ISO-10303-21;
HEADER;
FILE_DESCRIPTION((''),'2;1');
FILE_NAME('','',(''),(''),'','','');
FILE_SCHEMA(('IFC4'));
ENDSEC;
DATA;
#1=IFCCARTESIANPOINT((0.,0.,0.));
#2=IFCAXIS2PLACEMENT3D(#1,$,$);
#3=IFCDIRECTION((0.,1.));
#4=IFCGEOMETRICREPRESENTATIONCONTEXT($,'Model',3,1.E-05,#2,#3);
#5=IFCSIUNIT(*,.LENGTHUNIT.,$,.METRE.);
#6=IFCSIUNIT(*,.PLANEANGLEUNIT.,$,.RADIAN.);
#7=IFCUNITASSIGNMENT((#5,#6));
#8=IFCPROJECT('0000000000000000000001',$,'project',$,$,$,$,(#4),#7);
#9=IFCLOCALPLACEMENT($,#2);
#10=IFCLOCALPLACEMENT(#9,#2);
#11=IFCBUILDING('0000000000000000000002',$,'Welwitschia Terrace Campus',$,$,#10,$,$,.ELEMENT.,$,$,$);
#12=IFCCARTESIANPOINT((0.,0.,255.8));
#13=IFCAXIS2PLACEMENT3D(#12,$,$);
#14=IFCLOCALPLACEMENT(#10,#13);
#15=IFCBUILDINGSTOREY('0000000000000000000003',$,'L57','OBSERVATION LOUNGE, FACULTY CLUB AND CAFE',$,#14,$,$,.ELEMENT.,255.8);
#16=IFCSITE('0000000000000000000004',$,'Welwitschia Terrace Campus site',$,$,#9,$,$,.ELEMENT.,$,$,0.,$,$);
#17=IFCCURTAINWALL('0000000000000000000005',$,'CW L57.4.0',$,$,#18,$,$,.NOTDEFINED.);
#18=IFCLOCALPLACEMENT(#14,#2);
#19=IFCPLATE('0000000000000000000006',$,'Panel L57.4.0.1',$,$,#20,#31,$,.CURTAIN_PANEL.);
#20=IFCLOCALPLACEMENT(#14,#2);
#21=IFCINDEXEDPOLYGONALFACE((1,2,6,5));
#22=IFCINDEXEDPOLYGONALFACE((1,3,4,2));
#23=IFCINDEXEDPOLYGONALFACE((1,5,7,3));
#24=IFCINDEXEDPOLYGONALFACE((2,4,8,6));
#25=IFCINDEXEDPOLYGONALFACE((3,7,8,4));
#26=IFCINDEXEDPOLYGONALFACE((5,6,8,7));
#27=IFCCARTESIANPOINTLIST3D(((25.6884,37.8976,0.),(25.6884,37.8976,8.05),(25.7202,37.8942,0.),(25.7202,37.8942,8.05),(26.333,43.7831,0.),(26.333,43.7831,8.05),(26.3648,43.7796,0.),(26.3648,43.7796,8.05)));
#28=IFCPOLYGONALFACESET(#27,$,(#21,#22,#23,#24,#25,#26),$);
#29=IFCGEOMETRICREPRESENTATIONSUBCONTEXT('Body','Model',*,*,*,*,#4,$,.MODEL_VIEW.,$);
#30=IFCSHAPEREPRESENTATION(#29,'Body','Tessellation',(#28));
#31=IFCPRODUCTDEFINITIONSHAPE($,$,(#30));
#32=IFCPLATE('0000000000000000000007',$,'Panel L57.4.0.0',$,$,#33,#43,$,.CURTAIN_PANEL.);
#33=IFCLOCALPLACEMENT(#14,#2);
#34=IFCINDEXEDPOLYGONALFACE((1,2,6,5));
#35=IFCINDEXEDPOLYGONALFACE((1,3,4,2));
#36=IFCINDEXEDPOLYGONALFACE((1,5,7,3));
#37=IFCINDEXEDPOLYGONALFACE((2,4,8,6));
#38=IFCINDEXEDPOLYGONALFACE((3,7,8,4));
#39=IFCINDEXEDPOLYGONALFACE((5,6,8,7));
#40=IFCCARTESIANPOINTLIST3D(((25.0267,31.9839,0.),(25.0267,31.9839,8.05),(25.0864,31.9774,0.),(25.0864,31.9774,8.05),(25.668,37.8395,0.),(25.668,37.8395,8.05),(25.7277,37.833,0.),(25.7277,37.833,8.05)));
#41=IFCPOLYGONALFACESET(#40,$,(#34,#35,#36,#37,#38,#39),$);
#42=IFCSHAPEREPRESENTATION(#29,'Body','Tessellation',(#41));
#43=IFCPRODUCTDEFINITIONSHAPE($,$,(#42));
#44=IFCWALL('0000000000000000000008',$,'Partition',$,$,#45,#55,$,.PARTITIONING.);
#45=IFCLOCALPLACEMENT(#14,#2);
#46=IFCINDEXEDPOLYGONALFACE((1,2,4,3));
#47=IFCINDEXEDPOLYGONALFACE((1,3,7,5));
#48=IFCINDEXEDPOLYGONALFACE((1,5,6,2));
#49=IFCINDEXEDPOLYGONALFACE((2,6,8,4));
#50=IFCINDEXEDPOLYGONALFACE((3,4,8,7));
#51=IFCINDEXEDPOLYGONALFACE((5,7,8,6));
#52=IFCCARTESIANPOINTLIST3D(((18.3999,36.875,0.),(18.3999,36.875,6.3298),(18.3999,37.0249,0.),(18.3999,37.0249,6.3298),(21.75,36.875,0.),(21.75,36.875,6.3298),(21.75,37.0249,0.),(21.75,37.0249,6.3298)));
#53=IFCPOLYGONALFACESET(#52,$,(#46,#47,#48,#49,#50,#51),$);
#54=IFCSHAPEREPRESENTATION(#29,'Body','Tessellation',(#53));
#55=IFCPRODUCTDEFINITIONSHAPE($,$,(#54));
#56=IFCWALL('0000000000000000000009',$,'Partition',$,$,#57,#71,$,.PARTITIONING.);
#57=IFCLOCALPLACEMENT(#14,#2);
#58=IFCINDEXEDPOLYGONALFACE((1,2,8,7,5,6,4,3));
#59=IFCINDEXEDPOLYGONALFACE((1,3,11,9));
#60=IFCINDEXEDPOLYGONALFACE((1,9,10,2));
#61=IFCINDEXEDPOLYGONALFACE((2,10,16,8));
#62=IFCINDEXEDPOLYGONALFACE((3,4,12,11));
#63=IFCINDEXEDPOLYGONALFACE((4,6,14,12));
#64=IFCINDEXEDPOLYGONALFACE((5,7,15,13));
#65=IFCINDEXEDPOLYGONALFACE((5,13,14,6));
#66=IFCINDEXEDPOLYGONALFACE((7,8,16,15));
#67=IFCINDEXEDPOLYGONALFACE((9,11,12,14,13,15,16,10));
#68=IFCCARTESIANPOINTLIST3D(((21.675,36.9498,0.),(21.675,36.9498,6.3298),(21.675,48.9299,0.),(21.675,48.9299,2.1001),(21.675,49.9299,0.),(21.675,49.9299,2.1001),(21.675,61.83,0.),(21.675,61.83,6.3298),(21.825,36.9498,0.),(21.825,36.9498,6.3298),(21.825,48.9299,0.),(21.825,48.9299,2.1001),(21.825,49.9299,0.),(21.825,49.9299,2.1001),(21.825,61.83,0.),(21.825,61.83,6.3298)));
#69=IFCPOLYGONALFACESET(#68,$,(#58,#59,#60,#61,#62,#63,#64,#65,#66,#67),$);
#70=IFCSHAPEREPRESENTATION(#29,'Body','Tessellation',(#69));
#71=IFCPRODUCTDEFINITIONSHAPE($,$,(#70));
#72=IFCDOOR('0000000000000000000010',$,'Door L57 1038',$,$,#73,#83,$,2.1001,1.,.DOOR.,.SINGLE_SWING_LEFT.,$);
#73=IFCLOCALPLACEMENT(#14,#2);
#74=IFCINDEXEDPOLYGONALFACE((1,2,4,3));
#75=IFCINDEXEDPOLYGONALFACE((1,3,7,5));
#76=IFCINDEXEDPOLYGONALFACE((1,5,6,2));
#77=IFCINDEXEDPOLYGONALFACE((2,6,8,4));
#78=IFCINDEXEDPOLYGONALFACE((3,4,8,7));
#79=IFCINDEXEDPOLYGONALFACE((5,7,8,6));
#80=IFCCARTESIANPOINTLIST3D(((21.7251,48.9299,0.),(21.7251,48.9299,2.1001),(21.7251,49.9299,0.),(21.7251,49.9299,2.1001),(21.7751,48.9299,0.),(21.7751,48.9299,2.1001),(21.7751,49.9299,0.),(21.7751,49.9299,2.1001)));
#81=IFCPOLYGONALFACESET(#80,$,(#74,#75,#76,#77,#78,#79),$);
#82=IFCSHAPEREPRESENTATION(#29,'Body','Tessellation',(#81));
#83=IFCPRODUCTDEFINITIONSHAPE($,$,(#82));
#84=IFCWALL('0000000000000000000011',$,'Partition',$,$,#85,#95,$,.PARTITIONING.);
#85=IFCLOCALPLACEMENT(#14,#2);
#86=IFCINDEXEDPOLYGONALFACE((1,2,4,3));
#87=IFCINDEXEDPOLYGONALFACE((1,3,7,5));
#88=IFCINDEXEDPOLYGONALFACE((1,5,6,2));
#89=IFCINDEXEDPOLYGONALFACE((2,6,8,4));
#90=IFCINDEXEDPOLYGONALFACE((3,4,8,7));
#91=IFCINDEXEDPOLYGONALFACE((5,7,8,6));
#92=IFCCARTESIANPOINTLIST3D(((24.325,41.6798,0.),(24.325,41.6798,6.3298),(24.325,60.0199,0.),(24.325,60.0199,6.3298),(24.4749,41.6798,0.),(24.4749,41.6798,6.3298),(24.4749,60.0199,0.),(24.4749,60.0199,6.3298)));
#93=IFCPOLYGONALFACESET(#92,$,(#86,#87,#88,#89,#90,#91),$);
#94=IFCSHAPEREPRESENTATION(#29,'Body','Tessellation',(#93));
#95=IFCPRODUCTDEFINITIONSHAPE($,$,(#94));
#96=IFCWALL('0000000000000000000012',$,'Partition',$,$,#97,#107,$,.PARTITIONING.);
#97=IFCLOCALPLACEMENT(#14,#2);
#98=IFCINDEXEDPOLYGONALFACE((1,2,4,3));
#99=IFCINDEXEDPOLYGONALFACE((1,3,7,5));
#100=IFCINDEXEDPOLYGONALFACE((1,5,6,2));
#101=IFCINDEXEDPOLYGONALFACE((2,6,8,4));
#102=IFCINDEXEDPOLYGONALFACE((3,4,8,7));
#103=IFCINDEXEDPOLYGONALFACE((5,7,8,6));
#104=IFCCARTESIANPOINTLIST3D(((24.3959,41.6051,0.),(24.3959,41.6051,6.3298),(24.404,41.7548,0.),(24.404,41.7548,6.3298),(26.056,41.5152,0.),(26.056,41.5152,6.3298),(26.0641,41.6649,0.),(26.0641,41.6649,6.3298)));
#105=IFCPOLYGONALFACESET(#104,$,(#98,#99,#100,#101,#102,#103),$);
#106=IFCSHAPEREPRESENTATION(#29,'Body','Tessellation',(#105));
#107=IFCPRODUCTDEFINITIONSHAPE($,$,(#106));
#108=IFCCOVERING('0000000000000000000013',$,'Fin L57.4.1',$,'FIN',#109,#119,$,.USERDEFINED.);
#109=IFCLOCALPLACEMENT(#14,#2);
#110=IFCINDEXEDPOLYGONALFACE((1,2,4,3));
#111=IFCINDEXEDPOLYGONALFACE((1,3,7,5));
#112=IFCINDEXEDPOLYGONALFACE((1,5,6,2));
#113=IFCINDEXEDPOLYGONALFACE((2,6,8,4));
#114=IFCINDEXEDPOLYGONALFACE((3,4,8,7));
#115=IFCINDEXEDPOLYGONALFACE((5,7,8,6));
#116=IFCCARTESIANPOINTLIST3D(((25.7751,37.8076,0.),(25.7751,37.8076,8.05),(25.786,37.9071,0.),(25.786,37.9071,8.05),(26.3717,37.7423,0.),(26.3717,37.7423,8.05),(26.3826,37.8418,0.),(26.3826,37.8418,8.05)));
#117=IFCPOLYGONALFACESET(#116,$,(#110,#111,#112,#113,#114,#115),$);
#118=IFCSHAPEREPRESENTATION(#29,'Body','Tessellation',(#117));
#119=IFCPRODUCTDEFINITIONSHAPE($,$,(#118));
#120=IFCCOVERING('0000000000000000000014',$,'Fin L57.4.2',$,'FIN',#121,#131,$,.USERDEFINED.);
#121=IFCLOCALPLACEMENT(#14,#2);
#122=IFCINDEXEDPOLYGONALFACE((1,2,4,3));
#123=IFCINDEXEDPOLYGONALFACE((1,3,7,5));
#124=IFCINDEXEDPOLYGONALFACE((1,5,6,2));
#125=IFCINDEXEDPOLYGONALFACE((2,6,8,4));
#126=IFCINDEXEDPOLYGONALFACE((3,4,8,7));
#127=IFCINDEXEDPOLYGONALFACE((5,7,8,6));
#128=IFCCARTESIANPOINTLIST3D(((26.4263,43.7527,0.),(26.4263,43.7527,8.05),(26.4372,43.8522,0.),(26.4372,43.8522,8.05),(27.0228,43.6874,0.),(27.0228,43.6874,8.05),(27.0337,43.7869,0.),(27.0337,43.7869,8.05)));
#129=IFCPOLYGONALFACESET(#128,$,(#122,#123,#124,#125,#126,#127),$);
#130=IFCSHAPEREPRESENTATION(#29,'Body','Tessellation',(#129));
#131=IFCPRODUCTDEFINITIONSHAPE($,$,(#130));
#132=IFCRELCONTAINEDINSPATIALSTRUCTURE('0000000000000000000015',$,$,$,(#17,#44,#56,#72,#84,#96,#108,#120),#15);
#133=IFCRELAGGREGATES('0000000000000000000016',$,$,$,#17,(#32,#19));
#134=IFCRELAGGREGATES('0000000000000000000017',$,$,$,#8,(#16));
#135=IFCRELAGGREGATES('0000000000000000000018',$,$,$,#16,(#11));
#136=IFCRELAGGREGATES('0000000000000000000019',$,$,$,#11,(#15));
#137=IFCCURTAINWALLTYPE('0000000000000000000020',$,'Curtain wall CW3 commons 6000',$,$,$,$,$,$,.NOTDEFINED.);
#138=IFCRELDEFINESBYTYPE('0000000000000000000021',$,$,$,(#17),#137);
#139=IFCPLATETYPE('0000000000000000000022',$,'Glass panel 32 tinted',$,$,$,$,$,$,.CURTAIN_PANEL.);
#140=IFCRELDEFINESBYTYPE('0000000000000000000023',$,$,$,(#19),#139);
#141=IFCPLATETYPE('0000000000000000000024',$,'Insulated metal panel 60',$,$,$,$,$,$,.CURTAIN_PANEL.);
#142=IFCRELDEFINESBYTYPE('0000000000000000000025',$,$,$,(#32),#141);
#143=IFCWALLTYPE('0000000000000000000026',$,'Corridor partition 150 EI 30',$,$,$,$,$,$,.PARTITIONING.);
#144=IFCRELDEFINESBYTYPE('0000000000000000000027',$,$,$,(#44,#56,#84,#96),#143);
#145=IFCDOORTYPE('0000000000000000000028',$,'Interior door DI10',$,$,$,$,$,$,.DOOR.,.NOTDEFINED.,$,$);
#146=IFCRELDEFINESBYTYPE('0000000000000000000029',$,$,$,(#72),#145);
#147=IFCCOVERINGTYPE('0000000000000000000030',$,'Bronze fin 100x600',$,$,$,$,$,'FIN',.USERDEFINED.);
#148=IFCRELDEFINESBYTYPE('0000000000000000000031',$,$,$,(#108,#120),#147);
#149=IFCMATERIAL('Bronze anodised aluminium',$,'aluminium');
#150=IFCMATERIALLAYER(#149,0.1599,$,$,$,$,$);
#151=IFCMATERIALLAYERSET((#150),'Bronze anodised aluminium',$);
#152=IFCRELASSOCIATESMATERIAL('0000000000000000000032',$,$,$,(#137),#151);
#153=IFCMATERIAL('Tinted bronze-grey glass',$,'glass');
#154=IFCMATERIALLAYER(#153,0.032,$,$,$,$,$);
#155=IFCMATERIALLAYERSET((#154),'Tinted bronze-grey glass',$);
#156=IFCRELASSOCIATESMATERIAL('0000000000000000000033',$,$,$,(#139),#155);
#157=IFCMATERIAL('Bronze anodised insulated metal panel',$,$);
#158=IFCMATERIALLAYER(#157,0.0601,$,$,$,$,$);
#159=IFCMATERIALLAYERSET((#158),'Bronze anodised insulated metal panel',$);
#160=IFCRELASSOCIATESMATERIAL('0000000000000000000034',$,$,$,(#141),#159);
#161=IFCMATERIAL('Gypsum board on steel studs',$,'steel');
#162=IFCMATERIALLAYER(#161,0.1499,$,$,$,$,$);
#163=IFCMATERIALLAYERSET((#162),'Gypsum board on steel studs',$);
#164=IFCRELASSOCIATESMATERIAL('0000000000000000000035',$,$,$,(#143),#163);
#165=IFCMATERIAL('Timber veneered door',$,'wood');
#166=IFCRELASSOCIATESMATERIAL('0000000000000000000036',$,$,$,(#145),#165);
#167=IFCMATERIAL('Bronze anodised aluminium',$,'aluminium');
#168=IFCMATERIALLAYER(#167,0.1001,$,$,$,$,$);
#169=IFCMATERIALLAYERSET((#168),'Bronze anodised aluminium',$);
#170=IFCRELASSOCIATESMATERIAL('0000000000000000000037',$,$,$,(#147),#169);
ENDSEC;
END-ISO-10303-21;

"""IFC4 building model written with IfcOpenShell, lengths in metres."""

from ifc_helpers import new_model, si_unit, direction, frame, frame_2d, origin, origin_2d, place, context, subcontext, project, spatial, rectangle, extrude, material, layer, layer_set, type_object, element, fill, aggregate, save


model = new_model("IFC4")

# Units and contexts
model_context = context("Model", 3, precision=1e-05, world=origin(), true_north=direction((0.0, 1.0)))
body_context = subcontext(model_context, "Body", "Model", "MODEL_VIEW")
ifc_project = project(units=[si_unit("LENGTHUNIT", "METRE"), si_unit("PLANEANGLEUNIT", "RADIAN")], contexts=[model_context])

# Site, building, storey
site_placement = place(None, origin())
site = spatial("IfcSite", under=ifc_project, at=site_placement, Name="Welwitschia Terrace Campus site", CompositionType="ELEMENT", RefElevation=0.0)
building_placement = place(site_placement, origin())
building = spatial("IfcBuilding", under=site, at=building_placement, Name="Welwitschia Terrace Campus", CompositionType="ELEMENT")
storey_placement = place(building_placement, frame((0.0, 0.0, 255.8)))
storey = spatial("IfcBuildingStorey", under=building, at=storey_placement, Name="L57", Description="OBSERVATION LOUNGE, FACULTY CLUB AND CAFE", CompositionType="ELEMENT", Elevation=255.8)

# Curtain wall
ifc_material_1 = material(Name="Bronze anodised aluminium", Category="aluminium")
ifc_layer_1 = layer(ifc_material_1, 0.1599)
ifc_layer_set_1 = layer_set([ifc_layer_1], Name="Bronze anodised aluminium")
curtain_wall_type = type_object("IfcCurtainWallType", Name="Curtain wall CW3 commons 6000", PredefinedType="NOTDEFINED", material=ifc_layer_set_1)
curtain_wall_placement = place(storey_placement, origin())
curtain_wall = element("IfcCurtainWall", 1, at=curtain_wall_placement, inside=storey, type_object=curtain_wall_type, Name="CW L57.4.0", PredefinedType="NOTDEFINED")

# Plates
ifc_material_2 = material(Name="Tinted bronze-grey glass", Category="glass")
ifc_layer_2 = layer(ifc_material_2, 0.032)
ifc_layer_set_2 = layer_set([ifc_layer_2], Name="Tinted bronze-grey glass")
plate_type_1 = type_object("IfcPlateType", Name="Glass panel 32 tinted", PredefinedType="CURTAIN_PANEL", material=ifc_layer_set_2)
plate_1_placement = place(storey_placement, frame((26.0266, 40.8386, 0.0), z_axis=(0.0, 0.0, 1.0), x_axis=(0.108867, 0.994056, 0.0)))
plate_1 = element("IfcPlate", 2, at=plate_1_placement, type_object=plate_type_1, Name="Panel L57.4.0.1", PredefinedType="CURTAIN_PANEL", context=body_context, shape_type="SweptSolid", body=[
    extrude(rectangle(XDim=5.9207, YDim=0.032, at=origin_2d()), origin(), (0.0, 0.0, 1.0), 8.05),
])
ifc_material_3 = material(Name="Bronze anodised insulated metal panel")
ifc_layer_3 = layer(ifc_material_3, 0.0601)
ifc_layer_set_3 = layer_set([ifc_layer_3], Name="Bronze anodised insulated metal panel")
plate_type_2 = type_object("IfcPlateType", Name="Insulated metal panel 60", PredefinedType="CURTAIN_PANEL", material=ifc_layer_set_3)
plate_2_placement = place(storey_placement, frame((25.3772, 34.9084, 0.0), z_axis=(0.0, 0.0, 1.0), x_axis=(0.108867, 0.994056, 0.0)))
plate_2 = element("IfcPlate", 3, at=plate_2_placement, type_object=plate_type_2, Name="Panel L57.4.0.0", PredefinedType="CURTAIN_PANEL", context=body_context, shape_type="SweptSolid", body=[
    extrude(rectangle(XDim=5.8906, YDim=0.0601, at=origin_2d()), origin(), (0.0, 0.0, 1.0), 8.05),
])
aggregate(curtain_wall, [plate_2, plate_1])

# Wall
ifc_material_4 = material(Name="Gypsum board on steel studs", Category="steel")
ifc_layer_4 = layer(ifc_material_4, 0.1499)
ifc_layer_set_4 = layer_set([ifc_layer_4], Name="Gypsum board on steel studs")
wall_type = type_object("IfcWallType", Name="Corridor partition 150 EI 30", PredefinedType="PARTITIONING", material=ifc_layer_set_4)
wall_1_placement = place(storey_placement, frame((18.3999, 36.95, 0.0), z_axis=(0.0, 0.0, 1.0), x_axis=(1.0, 0.0, 0.0)))
element("IfcWall", 4, at=wall_1_placement, inside=storey, type_object=wall_type, Name="Partition", PredefinedType="PARTITIONING", context=body_context, shape_type="SweptSolid", body=[
    extrude(rectangle(XDim=3.3501, YDim=0.1499, at=frame_2d((1.675, 0.0))), origin(), (0.0, 0.0, 1.0), 6.3298),
])

# Wall, opening, door
wall_2_placement = place(storey_placement, frame((21.75, 36.95, 0.0), z_axis=(0.0, 0.0, 1.0), x_axis=(0.0, 1.0, 0.0)))
wall_2 = element("IfcWall", 5, at=wall_2_placement, inside=storey, type_object=wall_type, Name="Partition", PredefinedType="PARTITIONING", context=body_context, shape_type="SweptSolid", body=[
    extrude(rectangle(XDim=24.8801, YDim=0.1499, at=frame_2d((12.4399, 0.0))), origin(), (0.0, 0.0, 1.0), 6.3298),
])
opening_placement = place(wall_2_placement, frame((11.98, 0.0, 0.0)))
opening = element("IfcOpeningElement", 6, at=opening_placement, cuts=wall_2, PredefinedType="OPENING", context=body_context, shape_type="SweptSolid", body=[
    extrude(rectangle(XDim=1.0, YDim=2.1001, at=frame_2d((0.5, 1.05))), frame((0.0, 0.085, 0.0), z_axis=(0.0, -1.0, 0.0), x_axis=(1.0, 0.0, 0.0)), (0.0, 0.0, 1.0), 0.1699),
])
ifc_material_5 = material(Name="Timber veneered door", Category="wood")
door_type = type_object("IfcDoorType", Name="Interior door DI10", OperationType="NOTDEFINED", PredefinedType="DOOR", material=ifc_material_5)
door_placement = place(opening_placement, origin())
door = element("IfcDoor", 7, at=door_placement, inside=storey, type_object=door_type, Name="Door L57 1038", OperationType="SINGLE_SWING_LEFT", OverallHeight=2.1001, OverallWidth=1.0, PredefinedType="DOOR", context=body_context, shape_type="SweptSolid", body=[
    extrude(rectangle(XDim=1.0, YDim=2.1001, at=frame_2d((0.5, 1.05))), frame((0.0, 0.0249, 0.0), z_axis=(0.0, -1.0, 0.0), x_axis=(1.0, 0.0, 0.0)), (0.0, 0.0, 1.0), 0.05),
])
fill(opening, door)

# Walls
wall_3_placement = place(storey_placement, frame((24.3999, 41.6799, 0.0), z_axis=(0.0, 0.0, 1.0), x_axis=(0.0, 1.0, 0.0)))
element("IfcWall", 8, at=wall_3_placement, inside=storey, type_object=wall_type, Name="Partition", PredefinedType="PARTITIONING", context=body_context, shape_type="SweptSolid", body=[
    extrude(rectangle(XDim=18.3401, YDim=0.1499, at=frame_2d((9.1699, 0.0))), origin(), (0.0, 0.0, 1.0), 6.3298),
])
wall_4_placement = place(storey_placement, frame((24.3999, 41.6799, 0.0), z_axis=(0.0, 0.0, 1.0), x_axis=(0.998539, -0.054039, 0.0)))
element("IfcWall", 9, at=wall_4_placement, inside=storey, type_object=wall_type, Name="Partition", PredefinedType="PARTITIONING", context=body_context, shape_type="SweptSolid", body=[
    extrude(rectangle(XDim=1.6626, YDim=0.1499, at=frame_2d((0.8313, 0.0))), origin(), (0.0, 0.0, 1.0), 6.3298),
])

# Coverings
ifc_material_6 = material(Name="Bronze anodised aluminium", Category="aluminium")
ifc_layer_5 = layer(ifc_material_6, 0.1001)
ifc_layer_set_5 = layer_set([ifc_layer_5], Name="Bronze anodised aluminium")
covering_type = type_object("IfcCoveringType", Name="Bronze fin 100x600", ElementType="FIN", PredefinedType="USERDEFINED", material=ifc_layer_set_5)
for number, where, z_axis, x_axis, name in (
    (10, (26.0789, 37.8247, 0.0), (0.0, 0.0, 1.0), (0.108867, 0.994056, 0.0), "Fin L57.4.1"),
    (11, (26.73, 43.7698, 0.0), (0.0, 0.0, 1.0), (0.108867, 0.994056, 0.0), "Fin L57.4.2"),
):
    element("IfcCovering", number, at=place(storey_placement, frame(where, z_axis=z_axis, x_axis=x_axis)), inside=storey, type_object=covering_type, Name=name, ObjectType="FIN", PredefinedType="USERDEFINED", context=body_context, shape_type="SweptSolid", body=[
        extrude(rectangle(XDim=0.1001, YDim=0.6001, at=origin_2d()), origin(), (0.0, 0.0, 1.0), 8.05),
    ])

save(model, "model.ifc")
